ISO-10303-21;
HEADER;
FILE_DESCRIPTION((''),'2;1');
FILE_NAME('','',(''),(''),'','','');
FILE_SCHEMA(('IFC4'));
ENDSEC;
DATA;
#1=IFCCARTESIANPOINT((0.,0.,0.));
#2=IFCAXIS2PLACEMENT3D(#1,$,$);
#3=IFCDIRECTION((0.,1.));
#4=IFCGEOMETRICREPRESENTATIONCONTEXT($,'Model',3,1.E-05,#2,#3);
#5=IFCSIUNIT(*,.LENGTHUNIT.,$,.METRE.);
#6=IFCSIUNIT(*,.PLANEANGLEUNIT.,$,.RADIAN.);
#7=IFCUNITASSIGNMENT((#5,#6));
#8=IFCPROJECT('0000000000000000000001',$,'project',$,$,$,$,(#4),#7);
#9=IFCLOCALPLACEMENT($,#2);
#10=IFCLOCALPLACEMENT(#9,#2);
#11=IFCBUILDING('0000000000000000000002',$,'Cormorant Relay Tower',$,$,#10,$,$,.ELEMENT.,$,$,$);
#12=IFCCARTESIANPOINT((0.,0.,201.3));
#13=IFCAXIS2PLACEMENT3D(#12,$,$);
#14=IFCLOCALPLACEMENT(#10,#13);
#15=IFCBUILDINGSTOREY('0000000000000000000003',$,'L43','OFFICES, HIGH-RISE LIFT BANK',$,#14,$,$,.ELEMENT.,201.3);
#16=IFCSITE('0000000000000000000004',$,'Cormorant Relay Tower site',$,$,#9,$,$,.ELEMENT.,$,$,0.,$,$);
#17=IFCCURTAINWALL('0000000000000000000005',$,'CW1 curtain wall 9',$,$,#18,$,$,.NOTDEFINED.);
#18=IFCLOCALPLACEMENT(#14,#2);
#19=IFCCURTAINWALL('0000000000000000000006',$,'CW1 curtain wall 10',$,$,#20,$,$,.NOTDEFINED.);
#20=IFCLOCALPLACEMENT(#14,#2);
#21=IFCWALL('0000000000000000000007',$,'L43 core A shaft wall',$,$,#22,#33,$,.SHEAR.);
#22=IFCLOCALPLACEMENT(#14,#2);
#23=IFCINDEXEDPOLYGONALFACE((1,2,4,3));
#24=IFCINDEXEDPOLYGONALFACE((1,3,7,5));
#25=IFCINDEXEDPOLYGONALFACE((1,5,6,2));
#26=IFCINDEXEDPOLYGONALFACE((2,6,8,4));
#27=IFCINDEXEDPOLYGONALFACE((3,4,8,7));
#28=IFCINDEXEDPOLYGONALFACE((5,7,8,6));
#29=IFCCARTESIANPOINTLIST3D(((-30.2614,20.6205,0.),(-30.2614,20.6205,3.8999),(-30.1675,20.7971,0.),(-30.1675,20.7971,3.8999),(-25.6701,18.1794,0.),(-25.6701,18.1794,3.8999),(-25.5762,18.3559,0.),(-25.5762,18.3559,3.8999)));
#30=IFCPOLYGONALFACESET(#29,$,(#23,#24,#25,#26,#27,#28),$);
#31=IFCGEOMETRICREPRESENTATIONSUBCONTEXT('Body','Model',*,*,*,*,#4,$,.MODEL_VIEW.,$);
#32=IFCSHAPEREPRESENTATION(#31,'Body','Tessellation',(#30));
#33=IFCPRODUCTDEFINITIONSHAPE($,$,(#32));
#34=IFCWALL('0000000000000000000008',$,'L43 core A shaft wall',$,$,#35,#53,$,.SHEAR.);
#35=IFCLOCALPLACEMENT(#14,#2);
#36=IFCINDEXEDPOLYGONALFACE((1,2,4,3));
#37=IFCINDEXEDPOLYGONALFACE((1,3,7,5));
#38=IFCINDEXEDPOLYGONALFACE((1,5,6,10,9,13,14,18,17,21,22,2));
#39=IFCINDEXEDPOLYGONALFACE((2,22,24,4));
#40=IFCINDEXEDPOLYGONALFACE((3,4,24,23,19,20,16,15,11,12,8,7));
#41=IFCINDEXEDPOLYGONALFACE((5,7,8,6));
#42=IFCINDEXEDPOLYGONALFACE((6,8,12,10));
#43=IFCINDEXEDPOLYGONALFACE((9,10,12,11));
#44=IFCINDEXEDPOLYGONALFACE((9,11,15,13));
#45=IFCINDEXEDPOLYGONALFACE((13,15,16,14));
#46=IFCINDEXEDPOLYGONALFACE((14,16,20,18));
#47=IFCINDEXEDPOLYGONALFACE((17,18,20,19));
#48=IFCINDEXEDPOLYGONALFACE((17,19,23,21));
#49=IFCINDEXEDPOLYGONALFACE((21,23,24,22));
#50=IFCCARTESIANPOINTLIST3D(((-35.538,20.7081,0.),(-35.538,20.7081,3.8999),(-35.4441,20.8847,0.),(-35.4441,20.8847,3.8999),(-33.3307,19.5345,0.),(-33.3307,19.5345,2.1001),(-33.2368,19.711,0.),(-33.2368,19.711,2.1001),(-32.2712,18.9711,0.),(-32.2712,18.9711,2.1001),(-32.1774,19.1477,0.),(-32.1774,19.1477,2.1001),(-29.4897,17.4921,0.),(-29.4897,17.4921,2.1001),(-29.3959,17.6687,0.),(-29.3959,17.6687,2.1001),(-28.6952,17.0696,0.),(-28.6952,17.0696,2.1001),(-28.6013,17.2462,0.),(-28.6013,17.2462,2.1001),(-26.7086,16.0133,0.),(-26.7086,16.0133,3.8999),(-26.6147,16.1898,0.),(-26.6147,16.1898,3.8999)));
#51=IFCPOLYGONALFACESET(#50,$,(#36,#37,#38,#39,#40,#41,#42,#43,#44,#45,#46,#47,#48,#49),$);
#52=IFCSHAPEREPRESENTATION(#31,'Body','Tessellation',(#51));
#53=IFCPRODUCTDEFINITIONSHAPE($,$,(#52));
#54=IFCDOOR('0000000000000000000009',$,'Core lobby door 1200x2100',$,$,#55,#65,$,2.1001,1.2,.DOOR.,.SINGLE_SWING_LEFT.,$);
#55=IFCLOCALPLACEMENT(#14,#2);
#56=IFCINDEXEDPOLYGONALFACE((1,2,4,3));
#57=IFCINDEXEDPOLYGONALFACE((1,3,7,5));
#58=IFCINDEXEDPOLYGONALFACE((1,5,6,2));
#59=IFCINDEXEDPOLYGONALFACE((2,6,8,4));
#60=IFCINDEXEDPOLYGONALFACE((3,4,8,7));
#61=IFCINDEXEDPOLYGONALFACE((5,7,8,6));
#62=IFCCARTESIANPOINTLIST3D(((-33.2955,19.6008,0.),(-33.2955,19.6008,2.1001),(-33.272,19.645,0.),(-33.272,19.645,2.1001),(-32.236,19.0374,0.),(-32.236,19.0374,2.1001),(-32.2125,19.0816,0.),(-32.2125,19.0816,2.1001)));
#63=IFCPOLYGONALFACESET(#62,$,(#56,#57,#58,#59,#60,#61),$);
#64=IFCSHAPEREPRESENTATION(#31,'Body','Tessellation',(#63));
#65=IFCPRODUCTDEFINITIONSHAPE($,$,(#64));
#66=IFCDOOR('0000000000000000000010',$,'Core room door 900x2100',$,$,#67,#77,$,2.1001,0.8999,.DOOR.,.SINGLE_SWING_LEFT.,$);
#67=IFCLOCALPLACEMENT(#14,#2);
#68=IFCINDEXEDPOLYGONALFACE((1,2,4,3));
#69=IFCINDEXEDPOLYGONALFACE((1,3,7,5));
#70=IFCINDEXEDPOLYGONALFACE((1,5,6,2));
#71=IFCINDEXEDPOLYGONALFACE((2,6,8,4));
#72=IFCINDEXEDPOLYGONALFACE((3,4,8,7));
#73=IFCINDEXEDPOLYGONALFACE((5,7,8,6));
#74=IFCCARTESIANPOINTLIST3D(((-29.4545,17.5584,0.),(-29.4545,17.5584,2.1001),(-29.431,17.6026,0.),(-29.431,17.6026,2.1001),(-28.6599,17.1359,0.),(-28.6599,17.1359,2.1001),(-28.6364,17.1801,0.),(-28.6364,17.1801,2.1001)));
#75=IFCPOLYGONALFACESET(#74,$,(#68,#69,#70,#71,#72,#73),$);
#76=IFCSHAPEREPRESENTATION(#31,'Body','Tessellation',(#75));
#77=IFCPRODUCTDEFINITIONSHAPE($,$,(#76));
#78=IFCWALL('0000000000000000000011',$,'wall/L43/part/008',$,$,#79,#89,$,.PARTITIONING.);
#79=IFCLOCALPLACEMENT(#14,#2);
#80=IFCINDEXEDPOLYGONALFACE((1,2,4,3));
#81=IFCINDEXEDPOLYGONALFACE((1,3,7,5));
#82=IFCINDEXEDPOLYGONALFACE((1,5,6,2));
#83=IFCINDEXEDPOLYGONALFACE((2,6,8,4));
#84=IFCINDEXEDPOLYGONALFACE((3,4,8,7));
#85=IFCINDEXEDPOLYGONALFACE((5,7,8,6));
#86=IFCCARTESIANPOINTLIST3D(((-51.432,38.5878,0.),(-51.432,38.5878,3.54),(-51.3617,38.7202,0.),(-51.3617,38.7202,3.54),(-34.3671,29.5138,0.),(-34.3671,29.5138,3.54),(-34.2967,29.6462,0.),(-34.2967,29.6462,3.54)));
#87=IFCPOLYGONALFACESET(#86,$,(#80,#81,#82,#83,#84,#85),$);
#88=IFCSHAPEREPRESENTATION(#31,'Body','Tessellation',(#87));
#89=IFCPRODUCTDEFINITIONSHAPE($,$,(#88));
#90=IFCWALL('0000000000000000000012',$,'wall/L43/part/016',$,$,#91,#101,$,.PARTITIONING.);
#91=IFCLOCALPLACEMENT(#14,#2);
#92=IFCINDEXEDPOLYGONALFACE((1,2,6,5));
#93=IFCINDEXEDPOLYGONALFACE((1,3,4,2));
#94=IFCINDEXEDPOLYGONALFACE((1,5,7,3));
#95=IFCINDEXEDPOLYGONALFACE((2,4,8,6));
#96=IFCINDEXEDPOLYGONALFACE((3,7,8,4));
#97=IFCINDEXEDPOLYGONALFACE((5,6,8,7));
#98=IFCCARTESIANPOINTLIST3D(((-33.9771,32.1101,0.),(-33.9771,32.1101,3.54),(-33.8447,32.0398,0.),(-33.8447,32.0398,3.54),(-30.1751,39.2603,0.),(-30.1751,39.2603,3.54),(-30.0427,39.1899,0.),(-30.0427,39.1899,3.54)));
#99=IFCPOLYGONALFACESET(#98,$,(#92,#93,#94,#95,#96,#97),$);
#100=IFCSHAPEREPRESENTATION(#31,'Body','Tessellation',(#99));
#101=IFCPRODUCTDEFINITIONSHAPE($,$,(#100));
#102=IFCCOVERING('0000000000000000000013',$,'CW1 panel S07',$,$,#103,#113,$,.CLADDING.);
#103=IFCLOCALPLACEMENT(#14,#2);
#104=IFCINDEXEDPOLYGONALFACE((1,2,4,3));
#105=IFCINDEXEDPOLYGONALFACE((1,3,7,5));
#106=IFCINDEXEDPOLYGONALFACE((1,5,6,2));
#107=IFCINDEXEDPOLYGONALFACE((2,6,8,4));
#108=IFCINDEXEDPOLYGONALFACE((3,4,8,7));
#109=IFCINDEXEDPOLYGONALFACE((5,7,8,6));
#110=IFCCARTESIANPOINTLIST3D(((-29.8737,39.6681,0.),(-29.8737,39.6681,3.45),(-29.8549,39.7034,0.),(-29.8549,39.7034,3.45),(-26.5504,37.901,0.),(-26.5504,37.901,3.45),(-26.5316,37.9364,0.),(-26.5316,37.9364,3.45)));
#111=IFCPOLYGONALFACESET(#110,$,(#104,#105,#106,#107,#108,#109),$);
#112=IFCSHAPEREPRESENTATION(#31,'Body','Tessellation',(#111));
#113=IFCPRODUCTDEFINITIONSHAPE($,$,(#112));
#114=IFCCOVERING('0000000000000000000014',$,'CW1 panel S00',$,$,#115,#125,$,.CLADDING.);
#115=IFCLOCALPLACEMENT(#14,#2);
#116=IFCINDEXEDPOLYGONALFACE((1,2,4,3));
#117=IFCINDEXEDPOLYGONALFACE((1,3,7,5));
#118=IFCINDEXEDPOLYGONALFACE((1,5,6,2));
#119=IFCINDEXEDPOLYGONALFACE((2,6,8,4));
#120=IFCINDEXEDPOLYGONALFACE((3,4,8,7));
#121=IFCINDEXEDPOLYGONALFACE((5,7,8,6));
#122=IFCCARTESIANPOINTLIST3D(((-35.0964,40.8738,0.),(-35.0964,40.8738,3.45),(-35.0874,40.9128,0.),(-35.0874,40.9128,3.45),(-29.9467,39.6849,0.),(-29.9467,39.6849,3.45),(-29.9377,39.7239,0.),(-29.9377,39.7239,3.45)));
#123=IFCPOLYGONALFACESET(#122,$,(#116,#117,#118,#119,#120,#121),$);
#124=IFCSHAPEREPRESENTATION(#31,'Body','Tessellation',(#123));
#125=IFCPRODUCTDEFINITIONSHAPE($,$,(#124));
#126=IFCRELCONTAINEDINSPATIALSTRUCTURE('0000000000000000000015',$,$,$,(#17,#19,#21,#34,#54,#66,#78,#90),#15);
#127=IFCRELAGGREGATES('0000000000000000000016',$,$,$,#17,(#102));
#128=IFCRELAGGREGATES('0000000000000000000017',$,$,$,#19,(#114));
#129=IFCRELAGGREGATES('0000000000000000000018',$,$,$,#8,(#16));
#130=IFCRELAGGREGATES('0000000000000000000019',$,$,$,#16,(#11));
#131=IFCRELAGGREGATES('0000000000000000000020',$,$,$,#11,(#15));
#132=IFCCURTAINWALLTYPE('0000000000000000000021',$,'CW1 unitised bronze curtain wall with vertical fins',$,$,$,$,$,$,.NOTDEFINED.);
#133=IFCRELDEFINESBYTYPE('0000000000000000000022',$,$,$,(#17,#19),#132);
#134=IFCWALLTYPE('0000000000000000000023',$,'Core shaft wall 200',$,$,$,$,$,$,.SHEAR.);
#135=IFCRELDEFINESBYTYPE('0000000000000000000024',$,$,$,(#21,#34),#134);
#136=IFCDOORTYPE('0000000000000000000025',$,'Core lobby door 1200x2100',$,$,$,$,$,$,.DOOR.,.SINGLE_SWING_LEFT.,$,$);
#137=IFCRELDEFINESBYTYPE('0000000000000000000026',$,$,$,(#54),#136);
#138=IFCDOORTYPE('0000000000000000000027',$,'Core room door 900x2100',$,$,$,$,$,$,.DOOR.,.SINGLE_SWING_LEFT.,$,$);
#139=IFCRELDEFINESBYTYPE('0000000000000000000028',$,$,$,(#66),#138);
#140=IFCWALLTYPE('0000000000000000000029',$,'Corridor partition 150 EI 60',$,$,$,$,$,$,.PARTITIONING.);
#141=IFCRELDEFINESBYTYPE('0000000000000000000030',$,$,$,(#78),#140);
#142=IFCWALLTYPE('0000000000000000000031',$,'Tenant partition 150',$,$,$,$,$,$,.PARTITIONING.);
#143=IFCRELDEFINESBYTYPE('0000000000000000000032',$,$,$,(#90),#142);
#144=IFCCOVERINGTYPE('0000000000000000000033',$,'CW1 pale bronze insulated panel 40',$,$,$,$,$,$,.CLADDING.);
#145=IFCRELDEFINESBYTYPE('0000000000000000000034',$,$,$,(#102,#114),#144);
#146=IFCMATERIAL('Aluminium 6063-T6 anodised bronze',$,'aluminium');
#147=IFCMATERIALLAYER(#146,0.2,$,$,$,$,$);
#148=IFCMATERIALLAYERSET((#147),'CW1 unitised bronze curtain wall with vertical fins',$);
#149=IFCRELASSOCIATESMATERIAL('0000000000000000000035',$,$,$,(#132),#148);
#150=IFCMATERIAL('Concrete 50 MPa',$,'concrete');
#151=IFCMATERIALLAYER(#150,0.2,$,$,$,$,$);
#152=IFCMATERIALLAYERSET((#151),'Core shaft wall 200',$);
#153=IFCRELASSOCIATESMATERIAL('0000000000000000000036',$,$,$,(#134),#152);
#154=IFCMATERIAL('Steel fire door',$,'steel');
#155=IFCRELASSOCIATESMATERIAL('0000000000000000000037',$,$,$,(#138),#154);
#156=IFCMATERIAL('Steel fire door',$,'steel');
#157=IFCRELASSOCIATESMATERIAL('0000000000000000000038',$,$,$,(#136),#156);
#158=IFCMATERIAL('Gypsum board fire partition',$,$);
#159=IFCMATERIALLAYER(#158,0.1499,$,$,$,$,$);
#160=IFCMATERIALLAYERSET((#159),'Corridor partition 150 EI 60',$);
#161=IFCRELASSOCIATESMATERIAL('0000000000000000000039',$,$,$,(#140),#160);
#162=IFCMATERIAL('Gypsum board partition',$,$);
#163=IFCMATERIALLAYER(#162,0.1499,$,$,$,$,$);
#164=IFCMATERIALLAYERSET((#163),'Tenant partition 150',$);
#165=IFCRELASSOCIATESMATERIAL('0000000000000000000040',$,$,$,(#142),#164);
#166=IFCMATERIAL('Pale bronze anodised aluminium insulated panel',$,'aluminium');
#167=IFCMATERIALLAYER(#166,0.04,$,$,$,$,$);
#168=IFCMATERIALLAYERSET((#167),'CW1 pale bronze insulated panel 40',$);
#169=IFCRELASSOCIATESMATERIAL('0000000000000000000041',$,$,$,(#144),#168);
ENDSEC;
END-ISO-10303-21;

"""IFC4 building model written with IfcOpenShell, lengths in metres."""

from ifc_helpers import new_model, si_unit, direction, frame, frame_2d, origin, origin_2d, place, context, subcontext, project, spatial, rectangle, extrude, material, layer, layer_set, type_object, element, fill, aggregate, save


model = new_model("IFC4")

# Units and contexts
model_context = context("Model", 3, precision=1e-05, world=origin(), true_north=direction((0.0, 1.0)))
body_context = subcontext(model_context, "Body", "Model", "MODEL_VIEW")
ifc_project = project(units=[si_unit("LENGTHUNIT", "METRE"), si_unit("PLANEANGLEUNIT", "RADIAN")], contexts=[model_context])

# Site, building, storey
site_placement = place(None, origin())
site = spatial("IfcSite", under=ifc_project, at=site_placement, Name="Cormorant Relay Tower site", CompositionType="ELEMENT", RefElevation=0.0)
building_placement = place(site_placement, origin())
building = spatial("IfcBuilding", under=site, at=building_placement, Name="Cormorant Relay Tower", CompositionType="ELEMENT")
storey_placement = place(building_placement, frame((0.0, 0.0, 201.3)))
storey = spatial("IfcBuildingStorey", under=building, at=storey_placement, Name="L43", Description="OFFICES, HIGH-RISE LIFT BANK", CompositionType="ELEMENT", Elevation=201.3)

# Curtain wall
ifc_material_1 = material(Name="Aluminium 6063-T6 anodised bronze", Category="aluminium")
ifc_layer_1 = layer(ifc_material_1, 0.2)
ifc_layer_set_1 = layer_set([ifc_layer_1], Name="CW1 unitised bronze curtain wall with vertical fins")
curtain_wall_type = type_object("IfcCurtainWallType", Name="CW1 unitised bronze curtain wall with vertical fins", PredefinedType="NOTDEFINED", material=ifc_layer_set_1)
curtain_wall_1_placement = place(storey_placement, origin())
curtain_wall_1 = element("IfcCurtainWall", 1, at=curtain_wall_1_placement, inside=storey, type_object=curtain_wall_type, Name="CW1 curtain wall 9", PredefinedType="NOTDEFINED")

# Curtain wall
curtain_wall_2_placement = place(storey_placement, origin())
curtain_wall_2 = element("IfcCurtainWall", 2, at=curtain_wall_2_placement, inside=storey, type_object=curtain_wall_type, Name="CW1 curtain wall 10", PredefinedType="NOTDEFINED")

# Shared definitions
ifc_material_2 = material(Name="Concrete 50 MPa", Category="concrete")
ifc_layer_2 = layer(ifc_material_2, 0.2)
ifc_layer_set_2 = layer_set([ifc_layer_2], Name="Core shaft wall 200")
wall_type_1 = type_object("IfcWallType", Name="Core shaft wall 200", PredefinedType="SHEAR", material=ifc_layer_set_2)
ifc_material_3 = material(Name="Steel fire door", Category="steel")
door_type_1 = type_object("IfcDoorType", Name="Core room door 900x2100", OperationType="SINGLE_SWING_LEFT", PredefinedType="DOOR", material=ifc_material_3)

# Wall
wall_1_placement = place(storey_placement, frame((-25.623, 18.2676, 0.0), z_axis=(0.0, 0.0, 1.0), x_axis=(-0.882954, 0.46946, 0.0)))
element("IfcWall", 3, at=wall_1_placement, inside=storey, type_object=wall_type_1, Name="L43 core A shaft wall", PredefinedType="SHEAR", context=body_context, shape_type="SweptSolid", body=[
    extrude(rectangle(XDim=5.2, YDim=0.2, at=frame_2d((2.6001, 0.0))), origin(), (0.0, 0.0, 1.0), 3.8999),
])

# Wall, openings, doors
wall_2_placement = place(storey_placement, frame((-26.6616, 16.1016, 0.0), z_axis=(0.0, 0.0, 1.0), x_axis=(-0.88294, 0.469485, 0.0)))
wall_2 = element("IfcWall", 4, at=wall_2_placement, inside=storey, type_object=wall_type_1, Name="L43 core A shaft wall", PredefinedType="SHEAR", context=body_context, shape_type="SweptSolid", body=[
    extrude(rectangle(XDim=10.0, YDim=0.2, at=frame_2d((5.0, 0.0))), origin(), (0.0, 0.0, 1.0), 3.8999),
])
opening_1_placement = place(wall_2_placement, frame((6.3, 0.0, 0.0)))
opening_1 = element("IfcOpeningElement", 5, at=opening_1_placement, cuts=wall_2, PredefinedType="OPENING", context=body_context, shape_type="SweptSolid", body=[
    extrude(rectangle(XDim=1.2, YDim=2.1001, at=frame_2d((0.6001, 1.05))), frame((0.0, 0.1099, 0.0), z_axis=(0.0, -1.0, 0.0), x_axis=(1.0, 0.0, 0.0)), (0.0, 0.0, 1.0), 0.22),
])
opening_2_placement = place(wall_2_placement, frame((2.25, 0.0, 0.0)))
opening_2 = element("IfcOpeningElement", 6, at=opening_2_placement, cuts=wall_2, PredefinedType="OPENING", context=body_context, shape_type="SweptSolid", body=[
    extrude(rectangle(XDim=0.8999, YDim=2.1001, at=frame_2d((0.45, 1.05))), frame((0.0, 0.1099, 0.0), z_axis=(0.0, -1.0, 0.0), x_axis=(1.0, 0.0, 0.0)), (0.0, 0.0, 1.0), 0.22),
])
ifc_material_4 = material(Name="Steel fire door", Category="steel")
door_type_2 = type_object("IfcDoorType", Name="Core lobby door 1200x2100", OperationType="SINGLE_SWING_LEFT", PredefinedType="DOOR", material=ifc_material_4)
door_1_placement = place(opening_1_placement, origin())
door_1 = element("IfcDoor", 7, at=door_1_placement, inside=storey, type_object=door_type_2, Name="Core lobby door 1200x2100", OperationType="SINGLE_SWING_LEFT", OverallHeight=2.1001, OverallWidth=1.2, PredefinedType="DOOR", context=body_context, shape_type="SweptSolid", body=[
    extrude(rectangle(XDim=1.2, YDim=2.1001, at=frame_2d((0.6001, 1.05))), frame((0.0, 0.0249, 0.0), z_axis=(0.0, -1.0, 0.0), x_axis=(1.0, 0.0, 0.0)), (0.0, 0.0, 1.0), 0.05),
])
fill(opening_1, door_1)
door_2_placement = place(opening_2_placement, origin())
door_2 = element("IfcDoor", 8, at=door_2_placement, inside=storey, type_object=door_type_1, Name="Core room door 900x2100", OperationType="SINGLE_SWING_LEFT", OverallHeight=2.1001, OverallWidth=0.8999, PredefinedType="DOOR", context=body_context, shape_type="SweptSolid", body=[
    extrude(rectangle(XDim=0.8999, YDim=2.1001, at=frame_2d((0.45, 1.05))), frame((0.0, 0.0249, 0.0), z_axis=(0.0, -1.0, 0.0), x_axis=(1.0, 0.0, 0.0)), (0.0, 0.0, 1.0), 0.05),
])
fill(opening_2, door_2)

# Walls
ifc_material_5 = material(Name="Gypsum board fire partition")
ifc_layer_3 = layer(ifc_material_5, 0.1499)
ifc_layer_set_3 = layer_set([ifc_layer_3], Name="Corridor partition 150 EI 60")
wall_type_2 = type_object("IfcWallType", Name="Corridor partition 150 EI 60", PredefinedType="PARTITIONING", material=ifc_layer_set_3)
wall_3_placement = place(storey_placement, frame((-34.332, 29.5801, 0.0), z_axis=(0.0, 0.0, 1.0), x_axis=(-0.882939, 0.469487, 0.0)))
element("IfcWall", 9, at=wall_3_placement, inside=storey, type_object=wall_type_2, Name="wall/L43/part/008", PredefinedType="PARTITIONING", context=body_context, shape_type="SweptSolid", body=[
    extrude(rectangle(XDim=19.3274, YDim=0.1499, at=frame_2d((9.6636, 0.0))), origin(), (0.0, 0.0, 1.0), 3.54),
])
ifc_material_6 = material(Name="Gypsum board partition")
ifc_layer_4 = layer(ifc_material_6, 0.1499)
ifc_layer_set_4 = layer_set([ifc_layer_4], Name="Tenant partition 150")
wall_type_3 = type_object("IfcWallType", Name="Tenant partition 150", PredefinedType="PARTITIONING", material=ifc_layer_set_4)
wall_4_placement = place(storey_placement, frame((-30.1089, 39.2251, 0.0), z_axis=(0.0, 0.0, 1.0), x_axis=(-0.469491, -0.882937, 0.0)))
element("IfcWall", 10, at=wall_4_placement, inside=storey, type_object=wall_type_3, Name="wall/L43/part/016", PredefinedType="PARTITIONING", context=body_context, shape_type="SweptSolid", body=[
    extrude(rectangle(XDim=8.0981, YDim=0.1499, at=frame_2d((4.0491, 0.0))), origin(), (0.0, 0.0, 1.0), 3.54),
])

# Coverings
ifc_material_7 = material(Name="Pale bronze anodised aluminium insulated panel", Category="aluminium")
ifc_layer_5 = layer(ifc_material_7, 0.04)
ifc_layer_set_5 = layer_set([ifc_layer_5], Name="CW1 pale bronze insulated panel 40")
covering_type = type_object("IfcCoveringType", Name="CW1 pale bronze insulated panel 40", PredefinedType="CLADDING", material=ifc_layer_set_5)
covering_1_placement = place(storey_placement, frame((-28.2026, 38.8022, 0.0), z_axis=(0.0, 0.0, 1.0), x_axis=(-0.882948, 0.469472, 0.0)))
covering_1 = element("IfcCovering", 11, at=covering_1_placement, type_object=covering_type, Name="CW1 panel S07", PredefinedType="CLADDING", context=body_context, shape_type="SweptSolid", body=[
    extrude(rectangle(XDim=3.7639, YDim=0.04, at=origin_2d()), origin(), (0.0, 0.0, 1.0), 3.45),
])
aggregate(curtain_wall_1, [covering_1])
covering_2_placement = place(storey_placement, frame((-32.5171, 40.2988, 0.0), z_axis=(0.0, 0.0, 1.0), x_axis=(-0.97437, 0.224951, 0.0)))
covering_2 = element("IfcCovering", 12, at=covering_2_placement, type_object=covering_type, Name="CW1 panel S00", PredefinedType="CLADDING", context=body_context, shape_type="SweptSolid", body=[
    extrude(rectangle(XDim=5.2852, YDim=0.04, at=origin_2d()), origin(), (0.0, 0.0, 1.0), 3.45),
])
aggregate(curtain_wall_2, [covering_2])

save(model, "model.ifc")
